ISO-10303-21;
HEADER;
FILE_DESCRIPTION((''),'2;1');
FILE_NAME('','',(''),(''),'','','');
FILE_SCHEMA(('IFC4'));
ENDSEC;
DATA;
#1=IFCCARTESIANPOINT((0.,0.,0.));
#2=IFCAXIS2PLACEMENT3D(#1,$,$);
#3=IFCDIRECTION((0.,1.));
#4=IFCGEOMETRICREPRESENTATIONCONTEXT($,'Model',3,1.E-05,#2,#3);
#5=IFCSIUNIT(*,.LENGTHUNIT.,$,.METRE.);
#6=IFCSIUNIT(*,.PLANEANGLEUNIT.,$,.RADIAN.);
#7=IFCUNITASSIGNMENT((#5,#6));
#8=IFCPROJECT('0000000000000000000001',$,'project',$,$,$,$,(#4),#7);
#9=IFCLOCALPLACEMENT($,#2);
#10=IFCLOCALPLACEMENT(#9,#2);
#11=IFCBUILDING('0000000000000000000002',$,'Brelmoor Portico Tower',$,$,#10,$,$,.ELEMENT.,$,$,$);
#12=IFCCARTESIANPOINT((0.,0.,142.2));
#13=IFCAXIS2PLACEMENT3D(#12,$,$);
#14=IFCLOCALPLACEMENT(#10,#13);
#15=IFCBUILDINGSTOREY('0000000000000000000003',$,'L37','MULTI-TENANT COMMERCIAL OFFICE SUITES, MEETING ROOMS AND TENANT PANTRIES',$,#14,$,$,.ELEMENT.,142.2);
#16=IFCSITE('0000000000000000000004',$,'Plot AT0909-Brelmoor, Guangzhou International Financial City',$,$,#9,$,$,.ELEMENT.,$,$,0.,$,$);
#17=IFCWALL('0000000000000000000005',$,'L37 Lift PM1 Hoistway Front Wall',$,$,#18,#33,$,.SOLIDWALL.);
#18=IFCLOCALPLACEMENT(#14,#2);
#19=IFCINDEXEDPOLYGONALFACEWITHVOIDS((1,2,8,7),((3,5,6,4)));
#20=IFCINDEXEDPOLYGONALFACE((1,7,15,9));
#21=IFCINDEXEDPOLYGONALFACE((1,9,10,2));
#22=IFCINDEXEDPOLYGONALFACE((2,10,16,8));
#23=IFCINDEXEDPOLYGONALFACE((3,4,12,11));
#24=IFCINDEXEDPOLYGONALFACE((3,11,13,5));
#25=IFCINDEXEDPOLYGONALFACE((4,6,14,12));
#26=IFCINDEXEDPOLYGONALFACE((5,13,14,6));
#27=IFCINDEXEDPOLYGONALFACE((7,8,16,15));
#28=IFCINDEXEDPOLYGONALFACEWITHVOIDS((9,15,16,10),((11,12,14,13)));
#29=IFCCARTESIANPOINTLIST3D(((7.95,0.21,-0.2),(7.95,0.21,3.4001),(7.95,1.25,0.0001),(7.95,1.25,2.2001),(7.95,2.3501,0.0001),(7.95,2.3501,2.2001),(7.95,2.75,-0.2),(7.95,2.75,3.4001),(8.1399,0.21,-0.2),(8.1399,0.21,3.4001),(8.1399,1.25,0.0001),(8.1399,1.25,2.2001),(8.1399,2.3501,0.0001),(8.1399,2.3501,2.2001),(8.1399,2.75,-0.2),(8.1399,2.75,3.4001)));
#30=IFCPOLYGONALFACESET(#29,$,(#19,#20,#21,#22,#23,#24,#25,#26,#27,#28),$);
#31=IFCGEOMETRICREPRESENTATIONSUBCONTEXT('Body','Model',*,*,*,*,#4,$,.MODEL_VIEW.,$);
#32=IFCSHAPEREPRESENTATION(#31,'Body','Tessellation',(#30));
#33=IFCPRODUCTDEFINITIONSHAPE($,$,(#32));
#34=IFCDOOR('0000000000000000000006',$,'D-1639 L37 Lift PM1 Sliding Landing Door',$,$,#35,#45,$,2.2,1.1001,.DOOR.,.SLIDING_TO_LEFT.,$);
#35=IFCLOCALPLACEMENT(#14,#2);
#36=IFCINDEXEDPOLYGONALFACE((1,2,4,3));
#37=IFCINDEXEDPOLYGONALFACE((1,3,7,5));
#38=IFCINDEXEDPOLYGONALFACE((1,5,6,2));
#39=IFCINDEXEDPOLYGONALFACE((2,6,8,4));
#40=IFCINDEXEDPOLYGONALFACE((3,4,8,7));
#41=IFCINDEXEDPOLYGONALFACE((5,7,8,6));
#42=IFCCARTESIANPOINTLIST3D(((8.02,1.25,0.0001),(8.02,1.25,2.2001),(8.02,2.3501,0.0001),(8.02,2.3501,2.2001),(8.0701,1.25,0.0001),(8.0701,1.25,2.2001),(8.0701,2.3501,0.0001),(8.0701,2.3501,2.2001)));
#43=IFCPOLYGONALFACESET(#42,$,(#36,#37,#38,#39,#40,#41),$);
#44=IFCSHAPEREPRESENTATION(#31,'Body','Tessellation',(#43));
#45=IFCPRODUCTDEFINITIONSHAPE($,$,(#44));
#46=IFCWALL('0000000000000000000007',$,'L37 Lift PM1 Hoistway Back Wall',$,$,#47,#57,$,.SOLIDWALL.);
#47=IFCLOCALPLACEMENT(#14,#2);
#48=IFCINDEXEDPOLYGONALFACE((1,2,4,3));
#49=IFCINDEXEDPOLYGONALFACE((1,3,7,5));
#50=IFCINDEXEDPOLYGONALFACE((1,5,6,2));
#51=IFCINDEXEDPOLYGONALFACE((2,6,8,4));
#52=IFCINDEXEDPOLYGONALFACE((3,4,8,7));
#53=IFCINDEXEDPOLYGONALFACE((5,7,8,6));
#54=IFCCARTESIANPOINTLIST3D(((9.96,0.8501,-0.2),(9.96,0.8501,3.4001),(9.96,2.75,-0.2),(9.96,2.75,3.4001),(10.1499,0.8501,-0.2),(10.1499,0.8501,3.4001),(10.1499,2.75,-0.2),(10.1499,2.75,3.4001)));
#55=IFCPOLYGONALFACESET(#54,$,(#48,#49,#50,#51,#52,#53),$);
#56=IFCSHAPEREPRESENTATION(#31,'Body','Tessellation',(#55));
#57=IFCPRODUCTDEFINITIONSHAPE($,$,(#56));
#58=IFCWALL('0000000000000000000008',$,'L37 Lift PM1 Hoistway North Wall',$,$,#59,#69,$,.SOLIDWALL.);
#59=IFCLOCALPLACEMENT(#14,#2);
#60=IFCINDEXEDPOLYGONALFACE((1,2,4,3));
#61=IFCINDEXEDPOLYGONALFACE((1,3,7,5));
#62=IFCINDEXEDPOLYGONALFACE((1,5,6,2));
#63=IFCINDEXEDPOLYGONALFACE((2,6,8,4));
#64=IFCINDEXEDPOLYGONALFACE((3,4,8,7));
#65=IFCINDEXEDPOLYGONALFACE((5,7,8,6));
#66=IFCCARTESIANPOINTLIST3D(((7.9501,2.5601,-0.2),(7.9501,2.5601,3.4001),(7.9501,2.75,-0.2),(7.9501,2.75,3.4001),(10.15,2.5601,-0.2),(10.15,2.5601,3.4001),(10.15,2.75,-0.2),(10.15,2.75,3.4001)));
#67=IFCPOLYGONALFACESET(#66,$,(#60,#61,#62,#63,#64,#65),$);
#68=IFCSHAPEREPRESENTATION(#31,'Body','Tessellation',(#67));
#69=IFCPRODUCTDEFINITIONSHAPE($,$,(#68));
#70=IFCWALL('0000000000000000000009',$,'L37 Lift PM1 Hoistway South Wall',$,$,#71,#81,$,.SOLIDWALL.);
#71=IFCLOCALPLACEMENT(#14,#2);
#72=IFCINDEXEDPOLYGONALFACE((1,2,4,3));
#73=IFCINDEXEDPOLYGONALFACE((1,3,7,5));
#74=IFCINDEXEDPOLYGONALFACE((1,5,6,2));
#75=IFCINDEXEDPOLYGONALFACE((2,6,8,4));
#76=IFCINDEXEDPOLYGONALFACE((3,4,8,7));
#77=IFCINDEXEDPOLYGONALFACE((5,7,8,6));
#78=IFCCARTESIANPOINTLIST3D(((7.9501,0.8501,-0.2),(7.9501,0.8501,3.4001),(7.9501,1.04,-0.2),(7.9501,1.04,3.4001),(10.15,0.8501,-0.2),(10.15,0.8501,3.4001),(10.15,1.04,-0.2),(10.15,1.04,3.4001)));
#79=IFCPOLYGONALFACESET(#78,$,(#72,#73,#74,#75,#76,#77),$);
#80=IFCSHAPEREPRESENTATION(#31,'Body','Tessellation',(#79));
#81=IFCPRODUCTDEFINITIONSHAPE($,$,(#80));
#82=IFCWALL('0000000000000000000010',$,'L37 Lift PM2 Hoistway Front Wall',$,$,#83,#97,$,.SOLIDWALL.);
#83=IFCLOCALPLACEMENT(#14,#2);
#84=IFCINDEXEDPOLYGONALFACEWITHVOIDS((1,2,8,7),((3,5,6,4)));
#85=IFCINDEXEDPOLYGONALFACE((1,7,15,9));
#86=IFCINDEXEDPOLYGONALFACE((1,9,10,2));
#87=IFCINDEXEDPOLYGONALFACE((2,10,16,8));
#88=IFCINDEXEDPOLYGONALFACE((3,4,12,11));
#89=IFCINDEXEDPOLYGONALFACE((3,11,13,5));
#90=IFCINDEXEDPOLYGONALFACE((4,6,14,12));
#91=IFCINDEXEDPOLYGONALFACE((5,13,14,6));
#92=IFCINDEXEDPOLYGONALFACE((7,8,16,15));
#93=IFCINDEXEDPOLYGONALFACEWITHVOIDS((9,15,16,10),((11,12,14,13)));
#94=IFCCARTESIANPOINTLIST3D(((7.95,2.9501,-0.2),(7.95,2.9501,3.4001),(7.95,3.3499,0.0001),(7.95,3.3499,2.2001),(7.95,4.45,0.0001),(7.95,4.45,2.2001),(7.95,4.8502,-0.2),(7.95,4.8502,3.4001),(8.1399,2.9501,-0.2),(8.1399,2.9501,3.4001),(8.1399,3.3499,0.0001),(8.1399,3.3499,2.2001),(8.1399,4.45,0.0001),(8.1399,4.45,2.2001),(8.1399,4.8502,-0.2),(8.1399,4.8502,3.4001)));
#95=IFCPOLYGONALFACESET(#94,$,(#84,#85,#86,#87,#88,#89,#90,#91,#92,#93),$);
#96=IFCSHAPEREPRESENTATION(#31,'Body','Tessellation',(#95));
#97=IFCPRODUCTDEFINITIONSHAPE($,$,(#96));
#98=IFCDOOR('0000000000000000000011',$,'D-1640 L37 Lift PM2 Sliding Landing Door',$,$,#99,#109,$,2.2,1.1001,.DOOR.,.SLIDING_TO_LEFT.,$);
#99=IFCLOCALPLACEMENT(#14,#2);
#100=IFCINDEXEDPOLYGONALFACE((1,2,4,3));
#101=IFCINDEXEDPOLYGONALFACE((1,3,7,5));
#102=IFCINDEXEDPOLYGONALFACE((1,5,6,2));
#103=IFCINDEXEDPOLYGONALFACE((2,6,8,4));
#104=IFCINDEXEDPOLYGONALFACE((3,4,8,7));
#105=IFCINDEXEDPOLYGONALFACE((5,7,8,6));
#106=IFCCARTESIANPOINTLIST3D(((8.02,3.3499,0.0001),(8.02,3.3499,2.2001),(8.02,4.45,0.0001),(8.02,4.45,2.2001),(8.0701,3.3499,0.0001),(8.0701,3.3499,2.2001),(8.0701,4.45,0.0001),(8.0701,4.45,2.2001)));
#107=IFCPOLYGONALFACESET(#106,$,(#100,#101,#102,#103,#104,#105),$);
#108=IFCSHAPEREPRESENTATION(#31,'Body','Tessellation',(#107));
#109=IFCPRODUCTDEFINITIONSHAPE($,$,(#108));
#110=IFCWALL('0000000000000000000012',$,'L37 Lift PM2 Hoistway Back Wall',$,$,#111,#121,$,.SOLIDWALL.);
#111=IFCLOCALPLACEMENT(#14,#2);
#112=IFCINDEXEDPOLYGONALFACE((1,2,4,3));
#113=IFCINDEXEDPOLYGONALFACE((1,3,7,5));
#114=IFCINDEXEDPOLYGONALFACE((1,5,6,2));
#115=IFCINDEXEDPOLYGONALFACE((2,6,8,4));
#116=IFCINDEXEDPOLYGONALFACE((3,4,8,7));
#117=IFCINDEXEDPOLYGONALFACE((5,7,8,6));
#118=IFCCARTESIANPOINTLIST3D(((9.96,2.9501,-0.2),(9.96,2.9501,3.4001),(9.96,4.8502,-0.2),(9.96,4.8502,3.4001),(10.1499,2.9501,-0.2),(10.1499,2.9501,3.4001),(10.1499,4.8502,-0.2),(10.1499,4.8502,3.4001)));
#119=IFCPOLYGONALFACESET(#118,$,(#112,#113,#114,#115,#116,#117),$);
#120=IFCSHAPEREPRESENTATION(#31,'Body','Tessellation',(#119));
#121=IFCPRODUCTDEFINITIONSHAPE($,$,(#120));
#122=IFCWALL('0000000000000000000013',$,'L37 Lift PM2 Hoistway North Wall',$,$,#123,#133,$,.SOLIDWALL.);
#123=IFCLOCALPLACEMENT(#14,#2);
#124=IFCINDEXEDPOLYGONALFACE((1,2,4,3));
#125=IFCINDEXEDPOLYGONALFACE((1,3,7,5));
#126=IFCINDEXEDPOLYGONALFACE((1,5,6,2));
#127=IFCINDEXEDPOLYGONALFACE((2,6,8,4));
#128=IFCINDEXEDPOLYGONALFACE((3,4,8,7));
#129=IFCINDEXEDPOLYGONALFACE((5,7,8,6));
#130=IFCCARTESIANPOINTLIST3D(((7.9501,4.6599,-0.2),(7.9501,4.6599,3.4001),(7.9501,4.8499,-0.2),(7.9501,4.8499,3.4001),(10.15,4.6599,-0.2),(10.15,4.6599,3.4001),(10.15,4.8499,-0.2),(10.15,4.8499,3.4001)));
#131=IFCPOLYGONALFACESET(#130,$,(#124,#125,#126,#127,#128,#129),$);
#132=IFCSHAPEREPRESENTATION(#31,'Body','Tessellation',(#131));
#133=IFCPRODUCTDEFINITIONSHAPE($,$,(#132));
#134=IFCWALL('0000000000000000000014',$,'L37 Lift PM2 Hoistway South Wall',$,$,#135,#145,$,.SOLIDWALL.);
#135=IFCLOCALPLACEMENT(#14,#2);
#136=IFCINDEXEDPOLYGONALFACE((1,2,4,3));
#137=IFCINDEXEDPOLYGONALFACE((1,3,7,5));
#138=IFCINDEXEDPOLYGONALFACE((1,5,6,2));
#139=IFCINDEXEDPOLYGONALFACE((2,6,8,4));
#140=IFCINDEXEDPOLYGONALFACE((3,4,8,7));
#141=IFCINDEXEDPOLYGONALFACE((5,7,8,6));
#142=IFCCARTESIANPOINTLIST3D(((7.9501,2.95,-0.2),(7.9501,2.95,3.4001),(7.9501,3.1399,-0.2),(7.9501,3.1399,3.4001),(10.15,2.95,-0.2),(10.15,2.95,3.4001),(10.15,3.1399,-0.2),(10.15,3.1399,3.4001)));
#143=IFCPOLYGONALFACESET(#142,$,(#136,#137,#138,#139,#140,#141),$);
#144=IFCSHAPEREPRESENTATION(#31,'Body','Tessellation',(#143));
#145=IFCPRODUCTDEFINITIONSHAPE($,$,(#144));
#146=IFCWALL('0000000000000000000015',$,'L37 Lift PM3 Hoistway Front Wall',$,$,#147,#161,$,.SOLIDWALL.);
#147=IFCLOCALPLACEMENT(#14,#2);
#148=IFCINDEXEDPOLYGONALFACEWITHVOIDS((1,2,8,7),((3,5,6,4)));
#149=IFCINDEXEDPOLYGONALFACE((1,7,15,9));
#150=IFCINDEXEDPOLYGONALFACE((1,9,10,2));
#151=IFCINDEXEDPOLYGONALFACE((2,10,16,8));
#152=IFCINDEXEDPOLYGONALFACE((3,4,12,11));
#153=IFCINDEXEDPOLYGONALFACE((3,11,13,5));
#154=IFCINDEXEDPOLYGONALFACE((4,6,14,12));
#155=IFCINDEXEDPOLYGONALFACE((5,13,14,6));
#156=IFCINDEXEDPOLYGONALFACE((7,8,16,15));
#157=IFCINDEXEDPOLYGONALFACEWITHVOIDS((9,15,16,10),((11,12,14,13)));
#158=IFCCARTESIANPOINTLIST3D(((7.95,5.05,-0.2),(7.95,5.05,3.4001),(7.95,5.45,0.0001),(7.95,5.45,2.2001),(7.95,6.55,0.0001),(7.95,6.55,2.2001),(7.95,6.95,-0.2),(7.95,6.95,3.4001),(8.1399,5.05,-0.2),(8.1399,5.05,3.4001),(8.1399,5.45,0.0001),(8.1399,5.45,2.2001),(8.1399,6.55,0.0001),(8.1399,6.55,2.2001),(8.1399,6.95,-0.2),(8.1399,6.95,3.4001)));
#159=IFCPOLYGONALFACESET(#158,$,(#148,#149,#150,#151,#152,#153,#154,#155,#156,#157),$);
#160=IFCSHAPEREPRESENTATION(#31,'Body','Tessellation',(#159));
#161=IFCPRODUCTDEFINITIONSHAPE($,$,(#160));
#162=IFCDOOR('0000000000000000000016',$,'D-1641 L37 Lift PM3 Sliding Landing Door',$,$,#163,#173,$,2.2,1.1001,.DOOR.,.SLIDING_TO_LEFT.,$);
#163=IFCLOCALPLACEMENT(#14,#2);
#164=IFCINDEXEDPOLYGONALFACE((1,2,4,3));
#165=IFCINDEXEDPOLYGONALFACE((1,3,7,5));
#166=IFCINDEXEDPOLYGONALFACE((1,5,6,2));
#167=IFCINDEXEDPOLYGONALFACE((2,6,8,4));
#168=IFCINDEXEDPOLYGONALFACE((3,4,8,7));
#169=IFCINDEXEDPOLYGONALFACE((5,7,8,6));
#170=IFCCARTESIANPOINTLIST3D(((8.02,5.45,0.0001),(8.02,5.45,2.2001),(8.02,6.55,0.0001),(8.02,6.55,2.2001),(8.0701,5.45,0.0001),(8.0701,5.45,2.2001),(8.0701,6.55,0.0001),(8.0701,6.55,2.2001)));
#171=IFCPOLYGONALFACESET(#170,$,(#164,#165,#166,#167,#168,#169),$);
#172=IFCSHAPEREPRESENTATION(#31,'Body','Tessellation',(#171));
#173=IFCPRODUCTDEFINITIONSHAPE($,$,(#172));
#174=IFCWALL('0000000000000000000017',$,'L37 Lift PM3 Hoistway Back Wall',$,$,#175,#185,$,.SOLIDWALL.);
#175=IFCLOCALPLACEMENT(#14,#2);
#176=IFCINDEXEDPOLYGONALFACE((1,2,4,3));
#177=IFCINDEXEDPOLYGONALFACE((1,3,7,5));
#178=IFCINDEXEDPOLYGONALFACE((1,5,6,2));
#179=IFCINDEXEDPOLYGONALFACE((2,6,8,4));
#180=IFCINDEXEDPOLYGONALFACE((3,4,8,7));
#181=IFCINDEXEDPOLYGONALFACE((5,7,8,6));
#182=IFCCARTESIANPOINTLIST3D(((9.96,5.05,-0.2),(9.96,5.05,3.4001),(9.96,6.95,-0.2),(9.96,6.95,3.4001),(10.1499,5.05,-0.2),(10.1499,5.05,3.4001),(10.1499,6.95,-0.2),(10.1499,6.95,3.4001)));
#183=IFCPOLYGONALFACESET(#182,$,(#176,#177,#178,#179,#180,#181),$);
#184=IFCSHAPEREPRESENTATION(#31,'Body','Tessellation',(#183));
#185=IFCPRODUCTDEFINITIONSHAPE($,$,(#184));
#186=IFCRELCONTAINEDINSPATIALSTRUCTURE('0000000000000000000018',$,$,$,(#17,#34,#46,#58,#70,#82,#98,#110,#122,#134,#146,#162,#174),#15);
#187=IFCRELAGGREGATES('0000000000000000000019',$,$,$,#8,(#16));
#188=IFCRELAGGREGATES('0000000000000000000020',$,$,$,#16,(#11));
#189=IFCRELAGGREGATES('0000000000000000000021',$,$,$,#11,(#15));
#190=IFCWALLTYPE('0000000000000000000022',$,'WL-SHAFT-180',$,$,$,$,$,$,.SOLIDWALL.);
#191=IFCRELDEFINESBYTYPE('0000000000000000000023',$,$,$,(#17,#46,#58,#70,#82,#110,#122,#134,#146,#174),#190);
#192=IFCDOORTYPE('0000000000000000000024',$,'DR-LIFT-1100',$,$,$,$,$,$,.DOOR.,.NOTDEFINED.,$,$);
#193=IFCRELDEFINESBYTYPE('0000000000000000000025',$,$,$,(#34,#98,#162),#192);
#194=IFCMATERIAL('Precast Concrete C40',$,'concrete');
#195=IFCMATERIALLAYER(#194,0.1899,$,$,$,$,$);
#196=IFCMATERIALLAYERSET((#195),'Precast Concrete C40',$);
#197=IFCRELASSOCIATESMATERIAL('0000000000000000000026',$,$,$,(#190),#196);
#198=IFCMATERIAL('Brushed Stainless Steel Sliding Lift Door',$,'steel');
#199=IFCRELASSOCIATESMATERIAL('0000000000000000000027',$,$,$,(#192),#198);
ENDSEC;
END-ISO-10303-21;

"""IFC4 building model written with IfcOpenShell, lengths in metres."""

from ifc_helpers import new_model, si_unit, direction, frame, frame_2d, origin, place, context, subcontext, project, spatial, rectangle, extrude, material, layer, layer_set, type_object, element, fill, save


model = new_model("IFC4")

# Units and contexts
model_context = context("Model", 3, precision=1e-05, world=origin(), true_north=direction((0.0, 1.0)))
body_context = subcontext(model_context, "Body", "Model", "MODEL_VIEW")
ifc_project = project(units=[si_unit("LENGTHUNIT", "METRE"), si_unit("PLANEANGLEUNIT", "RADIAN")], contexts=[model_context])

# Site, building, storey
site_placement = place(None, origin())
site = spatial("IfcSite", under=ifc_project, at=site_placement, Name="Plot AT0909-Brelmoor, Guangzhou International Financial City", CompositionType="ELEMENT", RefElevation=0.0)
building_placement = place(site_placement, origin())
building = spatial("IfcBuilding", under=site, at=building_placement, Name="Brelmoor Portico Tower", CompositionType="ELEMENT")
storey_placement = place(building_placement, frame((0.0, 0.0, 142.2)))
storey = spatial("IfcBuildingStorey", under=building, at=storey_placement, Name="L37", Description="MULTI-TENANT COMMERCIAL OFFICE SUITES, MEETING ROOMS AND TENANT PANTRIES", CompositionType="ELEMENT", Elevation=142.2)

# Wall, opening, door
ifc_material_1 = material(Name="Precast Concrete C40", Category="concrete")
ifc_layer_1 = layer(ifc_material_1, 0.1899)
ifc_layer_set_1 = layer_set([ifc_layer_1], Name="Precast Concrete C40")
wall_type_1 = type_object("IfcWallType", Name="WL-SHAFT-180", PredefinedType="SOLIDWALL", material=ifc_layer_set_1)
wall_1_placement = place(storey_placement, frame((8.0449, 0.21, -0.2), z_axis=(0.0, 0.0, 1.0), x_axis=(0.0, 1.0, 0.0)))
wall_1 = element("IfcWall", 1, at=wall_1_placement, inside=storey, type_object=wall_type_1, Name="L37 Lift PM1 Hoistway Front Wall", PredefinedType="SOLIDWALL", context=body_context, shape_type="SweptSolid", body=[
    extrude(rectangle(XDim=2.54, YDim=0.1899, at=frame_2d((1.27, 0.0))), origin(), (0.0, 0.0, 1.0), 3.6001),
])
opening_1_placement = place(wall_1_placement, frame((1.04, 0.0, 0.2)))
opening_1 = element("IfcOpeningElement", 2, at=opening_1_placement, cuts=wall_1, PredefinedType="OPENING", context=body_context, shape_type="SweptSolid", body=[
    extrude(rectangle(XDim=1.1001, YDim=2.2, at=frame_2d((0.55, 1.1001))), frame((0.0, 0.105, 0.0), z_axis=(0.0, -1.0, 0.0), x_axis=(1.0, 0.0, 0.0)), (0.0, 0.0, 1.0), 0.21),
])
ifc_material_2 = material(Name="Brushed Stainless Steel Sliding Lift Door", Category="steel")
door_type_1 = type_object("IfcDoorType", Name="DR-LIFT-1100", OperationType="NOTDEFINED", PredefinedType="DOOR", material=ifc_material_2)
door_1_placement = place(opening_1_placement, origin())
door_1 = element("IfcDoor", 3, at=door_1_placement, inside=storey, type_object=door_type_1, Name="D-1639 L37 Lift PM1 Sliding Landing Door", OperationType="SLIDING_TO_LEFT", OverallHeight=2.2, OverallWidth=1.1001, PredefinedType="DOOR", context=body_context, shape_type="SweptSolid", body=[
    extrude(rectangle(XDim=1.1001, YDim=2.2, at=frame_2d((0.55, 1.1001))), frame((0.0, 0.0249, 0.0), z_axis=(0.0, -1.0, 0.0), x_axis=(1.0, 0.0, 0.0)), (0.0, 0.0, 1.0), 0.05),
])
fill(opening_1, door_1)

# Walls
wall_2_placement = place(storey_placement, frame((10.0549, 0.8501, -0.2), z_axis=(0.0, 0.0, 1.0), x_axis=(0.0, 1.0, 0.0)))
element("IfcWall", 4, at=wall_2_placement, inside=storey, type_object=wall_type_1, Name="L37 Lift PM1 Hoistway Back Wall", PredefinedType="SOLIDWALL", context=body_context, shape_type="SweptSolid", body=[
    extrude(rectangle(XDim=1.8999, YDim=0.1899, at=frame_2d((0.95, 0.0))), origin(), (0.0, 0.0, 1.0), 3.6001),
])
for number, where, z_axis, x_axis, name in (
    (5, (7.95, 2.655, -0.2), (0.0, 0.0, 1.0), (1.0, 0.0, 0.0), "L37 Lift PM1 Hoistway North Wall"),
    (6, (7.95, 0.9451, -0.2), (0.0, 0.0, 1.0), (1.0, 0.0, 0.0), "L37 Lift PM1 Hoistway South Wall"),
):
    element("IfcWall", number, at=place(storey_placement, frame(where, z_axis=z_axis, x_axis=x_axis)), inside=storey, type_object=wall_type_1, Name=name, PredefinedType="SOLIDWALL", context=body_context, shape_type="SweptSolid", body=[
        extrude(rectangle(XDim=2.2, YDim=0.1899, at=frame_2d((1.1001, 0.0))), origin(), (0.0, 0.0, 1.0), 3.6001),
    ])

# Wall, opening, door
wall_3_placement = place(storey_placement, frame((8.0449, 2.95, -0.2), z_axis=(0.0, 0.0, 1.0), x_axis=(0.0, 1.0, 0.0)))
wall_3 = element("IfcWall", 7, at=wall_3_placement, inside=storey, type_object=wall_type_1, Name="L37 Lift PM2 Hoistway Front Wall", PredefinedType="SOLIDWALL", context=body_context, shape_type="SweptSolid", body=[
    extrude(rectangle(XDim=1.9001, YDim=0.1899, at=frame_2d((0.9502, 0.0))), origin(), (0.0, 0.0, 1.0), 3.6001),
])
opening_2_placement = place(wall_3_placement, frame((0.3999, 0.0, 0.2)))
opening_2 = element("IfcOpeningElement", 8, at=opening_2_placement, cuts=wall_3, PredefinedType="OPENING", context=body_context, shape_type="SweptSolid", body=[
    extrude(rectangle(XDim=1.1001, YDim=2.2, at=frame_2d((0.55, 1.1001))), frame((0.0, 0.105, 0.0), z_axis=(0.0, -1.0, 0.0), x_axis=(1.0, 0.0, 0.0)), (0.0, 0.0, 1.0), 0.21),
])
door_2_placement = place(opening_2_placement, origin())
door_2 = element("IfcDoor", 9, at=door_2_placement, inside=storey, type_object=door_type_1, Name="D-1640 L37 Lift PM2 Sliding Landing Door", OperationType="SLIDING_TO_LEFT", OverallHeight=2.2, OverallWidth=1.1001, PredefinedType="DOOR", context=body_context, shape_type="SweptSolid", body=[
    extrude(rectangle(XDim=1.1001, YDim=2.2, at=frame_2d((0.55, 1.1001))), frame((0.0, 0.0249, 0.0), z_axis=(0.0, -1.0, 0.0), x_axis=(1.0, 0.0, 0.0)), (0.0, 0.0, 1.0), 0.05),
])
fill(opening_2, door_2)

# Walls
wall_4_placement = place(storey_placement, frame((10.0549, 2.95, -0.2), z_axis=(0.0, 0.0, 1.0), x_axis=(0.0, 1.0, 0.0)))
element("IfcWall", 10, at=wall_4_placement, inside=storey, type_object=wall_type_1, Name="L37 Lift PM2 Hoistway Back Wall", PredefinedType="SOLIDWALL", context=body_context, shape_type="SweptSolid", body=[
    extrude(rectangle(XDim=1.9001, YDim=0.1899, at=frame_2d((0.9502, 0.0))), origin(), (0.0, 0.0, 1.0), 3.6001),
])
for number, where, z_axis, x_axis, name in (
    (11, (7.95, 4.7549, -0.2), (0.0, 0.0, 1.0), (1.0, 0.0, 0.0), "L37 Lift PM2 Hoistway North Wall"),
    (12, (7.95, 3.0449, -0.2), (0.0, 0.0, 1.0), (1.0, 0.0, 0.0), "L37 Lift PM2 Hoistway South Wall"),
):
    element("IfcWall", number, at=place(storey_placement, frame(where, z_axis=z_axis, x_axis=x_axis)), inside=storey, type_object=wall_type_1, Name=name, PredefinedType="SOLIDWALL", context=body_context, shape_type="SweptSolid", body=[
        extrude(rectangle(XDim=2.2, YDim=0.1899, at=frame_2d((1.1001, 0.0))), origin(), (0.0, 0.0, 1.0), 3.6001),
    ])

# Wall, opening, door
wall_5_placement = place(storey_placement, frame((8.0449, 5.05, -0.2), z_axis=(0.0, 0.0, 1.0), x_axis=(0.0, 1.0, 0.0)))
wall_5 = element("IfcWall", 13, at=wall_5_placement, inside=storey, type_object=wall_type_1, Name="L37 Lift PM3 Hoistway Front Wall", PredefinedType="SOLIDWALL", context=body_context, shape_type="SweptSolid", body=[
    extrude(rectangle(XDim=1.8999, YDim=0.1899, at=frame_2d((0.95, 0.0))), origin(), (0.0, 0.0, 1.0), 3.6001),
])
opening_3_placement = place(wall_5_placement, frame((0.3999, 0.0, 0.2)))
opening_3 = element("IfcOpeningElement", 14, at=opening_3_placement, cuts=wall_5, PredefinedType="OPENING", context=body_context, shape_type="SweptSolid", body=[
    extrude(rectangle(XDim=1.1001, YDim=2.2, at=frame_2d((0.55, 1.1001))), frame((0.0, 0.105, 0.0), z_axis=(0.0, -1.0, 0.0), x_axis=(1.0, 0.0, 0.0)), (0.0, 0.0, 1.0), 0.21),
])
door_3_placement = place(opening_3_placement, origin())
door_3 = element("IfcDoor", 15, at=door_3_placement, inside=storey, type_object=door_type_1, Name="D-1641 L37 Lift PM3 Sliding Landing Door", OperationType="SLIDING_TO_LEFT", OverallHeight=2.2, OverallWidth=1.1001, PredefinedType="DOOR", context=body_context, shape_type="SweptSolid", body=[
    extrude(rectangle(XDim=1.1001, YDim=2.2, at=frame_2d((0.55, 1.1001))), frame((0.0, 0.0249, 0.0), z_axis=(0.0, -1.0, 0.0), x_axis=(1.0, 0.0, 0.0)), (0.0, 0.0, 1.0), 0.05),
])
fill(opening_3, door_3)

# Wall
wall_6_placement = place(storey_placement, frame((10.0549, 5.05, -0.2), z_axis=(0.0, 0.0, 1.0), x_axis=(0.0, 1.0, 0.0)))
element("IfcWall", 16, at=wall_6_placement, inside=storey, type_object=wall_type_1, Name="L37 Lift PM3 Hoistway Back Wall", PredefinedType="SOLIDWALL", context=body_context, shape_type="SweptSolid", body=[
    extrude(rectangle(XDim=1.8999, YDim=0.1899, at=frame_2d((0.95, 0.0))), origin(), (0.0, 0.0, 1.0), 3.6001),
])

save(model, "model.ifc")
